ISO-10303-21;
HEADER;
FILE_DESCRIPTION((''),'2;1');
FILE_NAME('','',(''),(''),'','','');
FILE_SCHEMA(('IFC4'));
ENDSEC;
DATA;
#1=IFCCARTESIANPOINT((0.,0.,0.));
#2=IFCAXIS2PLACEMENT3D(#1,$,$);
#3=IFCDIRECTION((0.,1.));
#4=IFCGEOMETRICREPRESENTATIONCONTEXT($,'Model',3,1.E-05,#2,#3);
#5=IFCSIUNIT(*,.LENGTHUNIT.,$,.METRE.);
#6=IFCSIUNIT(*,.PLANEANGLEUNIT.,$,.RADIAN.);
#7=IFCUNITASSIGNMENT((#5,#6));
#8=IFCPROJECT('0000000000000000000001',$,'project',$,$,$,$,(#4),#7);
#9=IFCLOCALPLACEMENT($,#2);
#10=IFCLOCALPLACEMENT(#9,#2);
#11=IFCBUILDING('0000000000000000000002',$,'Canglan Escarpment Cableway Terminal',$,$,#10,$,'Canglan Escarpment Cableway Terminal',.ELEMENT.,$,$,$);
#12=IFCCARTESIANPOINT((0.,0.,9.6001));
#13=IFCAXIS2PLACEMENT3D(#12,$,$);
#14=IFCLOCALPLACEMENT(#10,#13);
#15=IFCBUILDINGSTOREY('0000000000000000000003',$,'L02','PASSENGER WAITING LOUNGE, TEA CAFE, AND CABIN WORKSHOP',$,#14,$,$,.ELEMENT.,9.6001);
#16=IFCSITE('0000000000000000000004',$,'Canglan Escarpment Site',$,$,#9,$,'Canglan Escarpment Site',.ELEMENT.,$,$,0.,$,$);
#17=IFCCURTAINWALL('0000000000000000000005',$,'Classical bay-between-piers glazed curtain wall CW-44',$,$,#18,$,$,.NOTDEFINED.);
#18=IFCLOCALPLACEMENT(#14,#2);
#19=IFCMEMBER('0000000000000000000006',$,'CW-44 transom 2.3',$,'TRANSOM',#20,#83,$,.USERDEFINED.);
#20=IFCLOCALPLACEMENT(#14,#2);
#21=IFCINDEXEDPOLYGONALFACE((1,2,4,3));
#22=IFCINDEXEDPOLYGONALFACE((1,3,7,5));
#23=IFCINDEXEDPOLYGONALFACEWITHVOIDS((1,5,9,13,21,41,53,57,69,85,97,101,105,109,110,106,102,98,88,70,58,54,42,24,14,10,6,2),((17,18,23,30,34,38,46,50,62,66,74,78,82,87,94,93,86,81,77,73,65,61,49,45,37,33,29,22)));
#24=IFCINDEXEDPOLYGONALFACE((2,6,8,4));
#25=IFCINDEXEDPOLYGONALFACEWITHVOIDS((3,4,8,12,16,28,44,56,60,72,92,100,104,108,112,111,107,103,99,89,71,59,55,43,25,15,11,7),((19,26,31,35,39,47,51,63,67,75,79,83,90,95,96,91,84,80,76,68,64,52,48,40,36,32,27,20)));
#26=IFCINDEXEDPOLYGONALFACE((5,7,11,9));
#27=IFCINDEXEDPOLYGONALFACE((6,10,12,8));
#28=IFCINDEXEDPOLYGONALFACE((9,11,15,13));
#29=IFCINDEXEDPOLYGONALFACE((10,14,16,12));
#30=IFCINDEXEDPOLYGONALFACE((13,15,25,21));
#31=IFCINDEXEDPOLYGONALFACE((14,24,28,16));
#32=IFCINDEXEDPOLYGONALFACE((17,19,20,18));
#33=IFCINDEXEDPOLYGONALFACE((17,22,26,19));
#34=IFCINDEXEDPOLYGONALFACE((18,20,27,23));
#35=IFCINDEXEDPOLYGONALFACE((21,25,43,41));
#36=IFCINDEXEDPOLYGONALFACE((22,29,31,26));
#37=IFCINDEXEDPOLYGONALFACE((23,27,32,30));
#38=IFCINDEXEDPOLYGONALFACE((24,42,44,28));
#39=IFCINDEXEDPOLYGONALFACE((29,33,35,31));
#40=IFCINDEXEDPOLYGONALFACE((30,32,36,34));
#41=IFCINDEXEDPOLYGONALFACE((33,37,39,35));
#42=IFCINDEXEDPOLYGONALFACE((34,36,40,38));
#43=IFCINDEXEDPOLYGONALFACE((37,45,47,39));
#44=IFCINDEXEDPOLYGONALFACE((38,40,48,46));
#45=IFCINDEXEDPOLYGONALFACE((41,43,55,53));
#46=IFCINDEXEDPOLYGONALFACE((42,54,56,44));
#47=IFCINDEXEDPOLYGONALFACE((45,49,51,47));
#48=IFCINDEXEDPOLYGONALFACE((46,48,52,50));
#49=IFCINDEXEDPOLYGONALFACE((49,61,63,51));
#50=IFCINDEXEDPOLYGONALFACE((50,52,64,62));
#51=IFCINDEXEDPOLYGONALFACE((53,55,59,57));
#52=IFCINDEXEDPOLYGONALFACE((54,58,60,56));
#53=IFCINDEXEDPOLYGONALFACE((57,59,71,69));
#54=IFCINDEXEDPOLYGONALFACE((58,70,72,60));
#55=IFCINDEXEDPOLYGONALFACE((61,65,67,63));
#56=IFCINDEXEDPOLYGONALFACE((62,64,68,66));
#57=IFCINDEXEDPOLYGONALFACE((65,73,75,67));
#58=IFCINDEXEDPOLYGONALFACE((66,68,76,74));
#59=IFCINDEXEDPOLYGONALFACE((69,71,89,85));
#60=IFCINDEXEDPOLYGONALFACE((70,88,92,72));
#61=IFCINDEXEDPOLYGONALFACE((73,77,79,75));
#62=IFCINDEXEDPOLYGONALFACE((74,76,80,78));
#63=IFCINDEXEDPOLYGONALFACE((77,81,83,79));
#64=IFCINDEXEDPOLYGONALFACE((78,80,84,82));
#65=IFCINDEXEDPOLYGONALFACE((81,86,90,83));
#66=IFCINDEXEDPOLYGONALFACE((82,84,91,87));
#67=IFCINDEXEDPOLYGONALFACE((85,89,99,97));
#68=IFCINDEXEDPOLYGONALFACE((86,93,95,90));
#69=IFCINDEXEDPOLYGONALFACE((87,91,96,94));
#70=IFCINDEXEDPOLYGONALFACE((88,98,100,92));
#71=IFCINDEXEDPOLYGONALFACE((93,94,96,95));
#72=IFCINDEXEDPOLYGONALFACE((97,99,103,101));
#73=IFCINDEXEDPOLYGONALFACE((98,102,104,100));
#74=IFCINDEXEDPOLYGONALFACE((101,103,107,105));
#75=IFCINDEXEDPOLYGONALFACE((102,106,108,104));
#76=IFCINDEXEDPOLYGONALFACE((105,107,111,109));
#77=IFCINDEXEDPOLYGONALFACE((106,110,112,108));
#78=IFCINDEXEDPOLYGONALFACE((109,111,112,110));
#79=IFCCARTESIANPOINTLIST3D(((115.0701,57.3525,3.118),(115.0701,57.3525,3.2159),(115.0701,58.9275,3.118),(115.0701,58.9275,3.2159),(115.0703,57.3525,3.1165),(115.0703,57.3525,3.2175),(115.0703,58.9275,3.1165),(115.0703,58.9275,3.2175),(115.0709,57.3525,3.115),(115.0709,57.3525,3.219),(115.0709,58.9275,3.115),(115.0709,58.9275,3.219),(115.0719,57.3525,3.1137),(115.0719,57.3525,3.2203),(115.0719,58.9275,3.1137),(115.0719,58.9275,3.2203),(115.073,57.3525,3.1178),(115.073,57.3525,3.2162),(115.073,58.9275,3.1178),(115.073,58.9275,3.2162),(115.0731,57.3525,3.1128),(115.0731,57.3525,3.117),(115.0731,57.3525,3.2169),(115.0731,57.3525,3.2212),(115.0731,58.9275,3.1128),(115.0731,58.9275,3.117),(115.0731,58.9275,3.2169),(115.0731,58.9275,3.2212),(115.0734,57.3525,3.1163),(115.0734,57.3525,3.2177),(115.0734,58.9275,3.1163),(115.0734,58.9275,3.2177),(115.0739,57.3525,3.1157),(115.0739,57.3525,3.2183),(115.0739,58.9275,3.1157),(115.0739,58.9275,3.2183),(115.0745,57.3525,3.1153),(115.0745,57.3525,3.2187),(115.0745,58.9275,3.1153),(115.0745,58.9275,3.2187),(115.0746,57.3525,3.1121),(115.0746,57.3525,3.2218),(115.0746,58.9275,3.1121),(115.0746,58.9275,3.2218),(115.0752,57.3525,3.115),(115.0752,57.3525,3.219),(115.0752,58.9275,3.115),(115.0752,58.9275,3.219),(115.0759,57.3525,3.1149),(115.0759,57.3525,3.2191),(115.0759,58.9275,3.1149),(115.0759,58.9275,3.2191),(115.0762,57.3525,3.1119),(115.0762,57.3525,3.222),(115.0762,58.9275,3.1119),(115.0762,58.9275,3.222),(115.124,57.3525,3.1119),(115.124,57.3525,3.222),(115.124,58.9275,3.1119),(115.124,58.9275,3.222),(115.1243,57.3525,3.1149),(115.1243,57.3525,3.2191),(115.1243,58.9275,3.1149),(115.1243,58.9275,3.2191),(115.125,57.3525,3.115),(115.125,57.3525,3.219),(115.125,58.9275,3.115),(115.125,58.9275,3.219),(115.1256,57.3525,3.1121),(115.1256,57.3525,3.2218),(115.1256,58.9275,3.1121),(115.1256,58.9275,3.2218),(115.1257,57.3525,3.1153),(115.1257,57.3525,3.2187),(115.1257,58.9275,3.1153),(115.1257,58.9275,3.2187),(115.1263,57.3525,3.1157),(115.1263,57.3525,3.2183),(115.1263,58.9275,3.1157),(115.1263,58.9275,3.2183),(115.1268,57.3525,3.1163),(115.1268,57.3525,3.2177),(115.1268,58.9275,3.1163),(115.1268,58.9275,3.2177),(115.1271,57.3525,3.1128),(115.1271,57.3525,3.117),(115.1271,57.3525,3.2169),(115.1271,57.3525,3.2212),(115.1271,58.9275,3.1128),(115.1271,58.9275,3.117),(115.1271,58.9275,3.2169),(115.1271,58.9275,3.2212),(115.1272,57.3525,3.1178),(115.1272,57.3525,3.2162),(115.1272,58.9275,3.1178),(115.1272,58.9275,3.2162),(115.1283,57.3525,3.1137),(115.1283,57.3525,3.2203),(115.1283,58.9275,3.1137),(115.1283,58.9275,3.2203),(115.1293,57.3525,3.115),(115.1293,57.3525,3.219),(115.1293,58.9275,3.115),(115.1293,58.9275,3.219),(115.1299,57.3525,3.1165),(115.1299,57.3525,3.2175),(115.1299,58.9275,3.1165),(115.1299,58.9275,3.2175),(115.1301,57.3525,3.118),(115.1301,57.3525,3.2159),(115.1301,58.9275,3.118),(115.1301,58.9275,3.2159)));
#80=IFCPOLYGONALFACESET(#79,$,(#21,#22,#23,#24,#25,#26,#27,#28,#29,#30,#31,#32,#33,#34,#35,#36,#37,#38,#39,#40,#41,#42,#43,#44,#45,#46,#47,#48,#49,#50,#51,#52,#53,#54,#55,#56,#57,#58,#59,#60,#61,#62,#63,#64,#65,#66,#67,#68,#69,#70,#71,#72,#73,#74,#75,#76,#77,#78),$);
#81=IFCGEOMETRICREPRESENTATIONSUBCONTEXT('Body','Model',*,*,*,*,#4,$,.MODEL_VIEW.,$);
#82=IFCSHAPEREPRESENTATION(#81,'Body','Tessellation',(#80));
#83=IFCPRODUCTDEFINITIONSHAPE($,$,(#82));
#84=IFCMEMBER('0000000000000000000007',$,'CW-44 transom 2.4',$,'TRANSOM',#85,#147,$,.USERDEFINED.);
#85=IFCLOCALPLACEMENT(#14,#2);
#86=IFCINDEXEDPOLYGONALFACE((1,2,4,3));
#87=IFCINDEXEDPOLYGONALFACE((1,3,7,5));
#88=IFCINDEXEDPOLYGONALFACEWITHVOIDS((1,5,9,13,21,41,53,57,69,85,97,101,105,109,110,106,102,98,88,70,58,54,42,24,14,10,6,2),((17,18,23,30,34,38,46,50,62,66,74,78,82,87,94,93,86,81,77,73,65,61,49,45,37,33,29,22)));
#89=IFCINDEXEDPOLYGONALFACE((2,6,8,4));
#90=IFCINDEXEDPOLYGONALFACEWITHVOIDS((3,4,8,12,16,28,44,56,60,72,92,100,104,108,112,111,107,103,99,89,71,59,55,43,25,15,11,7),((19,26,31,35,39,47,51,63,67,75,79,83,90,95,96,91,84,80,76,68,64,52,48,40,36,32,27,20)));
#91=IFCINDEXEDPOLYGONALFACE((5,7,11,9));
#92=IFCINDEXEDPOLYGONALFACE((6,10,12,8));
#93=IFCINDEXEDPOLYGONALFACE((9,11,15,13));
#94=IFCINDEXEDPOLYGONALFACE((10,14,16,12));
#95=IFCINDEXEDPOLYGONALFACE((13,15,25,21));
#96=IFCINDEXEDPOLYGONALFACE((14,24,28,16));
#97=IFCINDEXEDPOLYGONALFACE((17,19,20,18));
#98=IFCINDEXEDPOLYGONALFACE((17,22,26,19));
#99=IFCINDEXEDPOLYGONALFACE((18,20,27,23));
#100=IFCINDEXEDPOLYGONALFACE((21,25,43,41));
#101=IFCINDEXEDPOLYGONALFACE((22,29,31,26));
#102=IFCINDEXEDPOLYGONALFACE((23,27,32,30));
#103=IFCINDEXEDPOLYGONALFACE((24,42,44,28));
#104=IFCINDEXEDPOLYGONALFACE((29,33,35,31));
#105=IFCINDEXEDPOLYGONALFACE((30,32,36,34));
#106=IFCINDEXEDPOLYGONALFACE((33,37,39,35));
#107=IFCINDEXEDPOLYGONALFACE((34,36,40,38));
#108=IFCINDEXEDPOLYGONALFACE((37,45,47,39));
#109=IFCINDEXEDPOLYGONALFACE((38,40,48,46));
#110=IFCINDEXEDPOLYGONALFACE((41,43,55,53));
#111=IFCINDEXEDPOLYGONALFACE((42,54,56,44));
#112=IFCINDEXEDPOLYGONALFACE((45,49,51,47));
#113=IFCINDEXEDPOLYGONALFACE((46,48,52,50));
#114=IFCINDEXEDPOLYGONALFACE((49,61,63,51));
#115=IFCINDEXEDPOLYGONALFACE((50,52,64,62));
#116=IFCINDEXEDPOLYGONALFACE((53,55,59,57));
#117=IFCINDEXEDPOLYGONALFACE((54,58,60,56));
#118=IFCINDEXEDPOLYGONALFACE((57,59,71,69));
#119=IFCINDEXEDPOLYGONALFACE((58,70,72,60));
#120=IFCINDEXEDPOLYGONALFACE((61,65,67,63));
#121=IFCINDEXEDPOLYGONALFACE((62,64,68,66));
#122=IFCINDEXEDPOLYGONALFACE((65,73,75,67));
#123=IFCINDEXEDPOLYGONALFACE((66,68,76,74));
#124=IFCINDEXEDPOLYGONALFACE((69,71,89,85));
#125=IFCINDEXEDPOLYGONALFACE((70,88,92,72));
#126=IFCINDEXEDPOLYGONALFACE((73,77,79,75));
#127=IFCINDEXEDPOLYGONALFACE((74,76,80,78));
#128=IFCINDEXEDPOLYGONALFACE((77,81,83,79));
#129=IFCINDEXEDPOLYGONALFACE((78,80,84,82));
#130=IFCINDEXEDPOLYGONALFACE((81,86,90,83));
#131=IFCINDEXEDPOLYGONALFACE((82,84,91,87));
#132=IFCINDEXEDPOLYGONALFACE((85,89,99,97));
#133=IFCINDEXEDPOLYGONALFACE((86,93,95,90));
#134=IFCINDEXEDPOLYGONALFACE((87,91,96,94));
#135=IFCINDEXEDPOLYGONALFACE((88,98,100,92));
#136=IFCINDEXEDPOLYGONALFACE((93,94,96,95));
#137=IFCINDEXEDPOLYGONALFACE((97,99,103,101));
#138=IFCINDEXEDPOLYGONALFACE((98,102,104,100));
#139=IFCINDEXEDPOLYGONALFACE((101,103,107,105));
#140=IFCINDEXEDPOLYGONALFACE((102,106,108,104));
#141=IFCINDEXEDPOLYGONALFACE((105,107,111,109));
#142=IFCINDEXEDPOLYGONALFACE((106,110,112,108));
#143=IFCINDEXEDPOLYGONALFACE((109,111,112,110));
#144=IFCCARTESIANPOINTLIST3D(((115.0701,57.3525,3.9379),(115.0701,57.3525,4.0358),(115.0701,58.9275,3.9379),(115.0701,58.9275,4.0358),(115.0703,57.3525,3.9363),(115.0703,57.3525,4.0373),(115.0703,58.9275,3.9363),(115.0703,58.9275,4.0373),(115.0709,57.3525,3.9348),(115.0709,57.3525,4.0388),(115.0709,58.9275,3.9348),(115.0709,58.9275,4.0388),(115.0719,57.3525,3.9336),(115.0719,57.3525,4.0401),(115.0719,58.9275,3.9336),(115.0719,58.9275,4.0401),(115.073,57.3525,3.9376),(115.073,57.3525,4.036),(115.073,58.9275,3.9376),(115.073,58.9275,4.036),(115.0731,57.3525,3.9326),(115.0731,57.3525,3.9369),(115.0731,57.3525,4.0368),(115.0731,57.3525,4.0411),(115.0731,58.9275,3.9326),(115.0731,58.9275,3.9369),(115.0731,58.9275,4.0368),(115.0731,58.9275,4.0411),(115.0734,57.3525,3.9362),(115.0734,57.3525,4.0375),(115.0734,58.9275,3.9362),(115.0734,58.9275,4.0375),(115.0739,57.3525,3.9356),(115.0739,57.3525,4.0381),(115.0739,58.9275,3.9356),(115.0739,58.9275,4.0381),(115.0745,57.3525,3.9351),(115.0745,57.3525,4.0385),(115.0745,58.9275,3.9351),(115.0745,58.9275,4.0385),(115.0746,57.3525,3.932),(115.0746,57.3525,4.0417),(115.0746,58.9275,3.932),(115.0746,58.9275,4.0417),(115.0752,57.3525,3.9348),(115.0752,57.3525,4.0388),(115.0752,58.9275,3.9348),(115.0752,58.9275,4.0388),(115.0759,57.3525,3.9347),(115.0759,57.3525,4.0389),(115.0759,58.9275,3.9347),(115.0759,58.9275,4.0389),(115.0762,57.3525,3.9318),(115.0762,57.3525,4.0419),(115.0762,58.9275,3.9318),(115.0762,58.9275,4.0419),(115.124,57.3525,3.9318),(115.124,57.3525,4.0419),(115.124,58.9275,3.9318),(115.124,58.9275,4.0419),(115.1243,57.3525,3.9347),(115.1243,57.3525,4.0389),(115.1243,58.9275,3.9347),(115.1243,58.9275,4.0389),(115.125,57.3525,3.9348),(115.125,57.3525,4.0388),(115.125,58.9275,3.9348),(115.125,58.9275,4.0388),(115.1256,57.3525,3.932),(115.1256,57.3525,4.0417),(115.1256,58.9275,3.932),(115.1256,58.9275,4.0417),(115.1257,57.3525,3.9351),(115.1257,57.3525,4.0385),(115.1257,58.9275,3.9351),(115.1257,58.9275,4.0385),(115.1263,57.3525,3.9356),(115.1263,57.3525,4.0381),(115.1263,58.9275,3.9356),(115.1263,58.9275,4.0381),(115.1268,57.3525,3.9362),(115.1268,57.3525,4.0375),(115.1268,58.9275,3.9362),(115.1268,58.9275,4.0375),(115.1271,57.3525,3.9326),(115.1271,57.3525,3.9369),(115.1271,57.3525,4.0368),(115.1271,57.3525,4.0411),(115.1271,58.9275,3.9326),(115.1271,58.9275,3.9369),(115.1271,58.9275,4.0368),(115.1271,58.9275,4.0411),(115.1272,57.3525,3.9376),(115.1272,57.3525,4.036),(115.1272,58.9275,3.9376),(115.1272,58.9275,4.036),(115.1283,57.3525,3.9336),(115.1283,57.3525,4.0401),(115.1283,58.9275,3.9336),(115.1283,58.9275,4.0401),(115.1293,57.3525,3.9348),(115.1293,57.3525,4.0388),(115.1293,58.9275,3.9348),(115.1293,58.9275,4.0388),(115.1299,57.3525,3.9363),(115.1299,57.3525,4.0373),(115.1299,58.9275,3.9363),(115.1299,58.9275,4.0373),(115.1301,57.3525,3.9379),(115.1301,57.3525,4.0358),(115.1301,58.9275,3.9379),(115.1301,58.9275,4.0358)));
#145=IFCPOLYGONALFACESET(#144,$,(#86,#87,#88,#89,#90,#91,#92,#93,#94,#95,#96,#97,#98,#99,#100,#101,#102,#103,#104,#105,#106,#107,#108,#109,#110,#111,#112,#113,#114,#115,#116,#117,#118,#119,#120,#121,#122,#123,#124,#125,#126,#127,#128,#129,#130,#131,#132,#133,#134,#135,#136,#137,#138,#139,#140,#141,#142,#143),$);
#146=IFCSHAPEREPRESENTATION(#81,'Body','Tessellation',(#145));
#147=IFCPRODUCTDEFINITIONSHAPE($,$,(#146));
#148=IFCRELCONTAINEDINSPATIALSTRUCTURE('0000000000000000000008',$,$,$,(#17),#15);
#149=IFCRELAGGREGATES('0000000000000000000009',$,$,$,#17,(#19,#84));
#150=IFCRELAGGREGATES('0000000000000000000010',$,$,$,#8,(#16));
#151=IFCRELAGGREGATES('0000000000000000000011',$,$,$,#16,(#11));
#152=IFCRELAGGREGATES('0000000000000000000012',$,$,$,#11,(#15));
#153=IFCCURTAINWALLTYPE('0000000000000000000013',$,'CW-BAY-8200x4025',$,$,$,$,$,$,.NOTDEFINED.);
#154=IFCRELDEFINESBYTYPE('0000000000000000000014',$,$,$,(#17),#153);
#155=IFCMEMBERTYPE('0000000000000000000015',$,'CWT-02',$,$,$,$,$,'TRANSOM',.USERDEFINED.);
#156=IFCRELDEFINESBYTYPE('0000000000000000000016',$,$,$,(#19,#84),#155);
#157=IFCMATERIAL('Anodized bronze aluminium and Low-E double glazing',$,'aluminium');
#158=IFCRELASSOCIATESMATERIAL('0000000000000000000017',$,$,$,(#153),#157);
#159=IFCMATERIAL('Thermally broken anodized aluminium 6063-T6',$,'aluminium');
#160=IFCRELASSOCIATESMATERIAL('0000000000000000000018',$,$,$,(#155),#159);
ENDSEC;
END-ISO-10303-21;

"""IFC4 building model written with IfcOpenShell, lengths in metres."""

from ifc_helpers import new_model, si_unit, direction, frame, origin, origin_2d, place, context, subcontext, project, spatial, hollow_rectangle, extrude, material, material_profile, profile_set, type_object, element, aggregate, save


model = new_model("IFC4")

# Units and contexts
model_context = context("Model", 3, precision=1e-05, world=origin(), true_north=direction((0.0, 1.0)))
body_context = subcontext(model_context, "Body", "Model", "MODEL_VIEW")
ifc_project = project(units=[si_unit("LENGTHUNIT", "METRE"), si_unit("PLANEANGLEUNIT", "RADIAN")], contexts=[model_context])

# Site, building, storey
site_placement = place(None, origin())
site = spatial("IfcSite", under=ifc_project, at=site_placement, Name="Canglan Escarpment Site", LongName="Canglan Escarpment Site", CompositionType="ELEMENT", RefElevation=0.0)
building_placement = place(site_placement, origin())
building = spatial("IfcBuilding", under=site, at=building_placement, Name="Canglan Escarpment Cableway Terminal", LongName="Canglan Escarpment Cableway Terminal", CompositionType="ELEMENT")
storey_placement = place(building_placement, frame((0.0, 0.0, 9.6001)))
storey = spatial("IfcBuildingStorey", under=building, at=storey_placement, Name="L02", Description="PASSENGER WAITING LOUNGE, TEA CAFE, AND CABIN WORKSHOP", CompositionType="ELEMENT", Elevation=9.6001)

# Curtain wall, members
ifc_material_1 = material(Name="Anodized bronze aluminium and Low-E double glazing", Category="aluminium")
curtain_wall_type = type_object("IfcCurtainWallType", Name="CW-BAY-8200x4025", PredefinedType="NOTDEFINED", material=ifc_material_1)
curtain_wall_placement = place(storey_placement, origin())
curtain_wall = element("IfcCurtainWall", 1, at=curtain_wall_placement, inside=storey, type_object=curtain_wall_type, Name="Classical bay-between-piers glazed curtain wall CW-44", PredefinedType="NOTDEFINED")
ifc_material_2 = material(Name="Thermally broken anodized aluminium 6063-T6", Category="aluminium")
ifc_material_profile_1 = material_profile(ifc_material_2, hollow_rectangle(XDim=0.0601, YDim=0.1101, WallThickness=0.0029, InnerFilletRadius=0.0029, OuterFilletRadius=0.0061, at=origin_2d()), Name="ALU-TRAN 60x110x3")
ifc_profile_set_1 = profile_set([ifc_material_profile_1], Name="Thermally broken anodized aluminium 6063-T6")
member_type_1 = type_object("IfcMemberType", Name="CWT-02", ElementType="TRANSOM", PredefinedType="USERDEFINED", material=ifc_profile_set_1)
member_1_placement = place(storey_placement, frame((115.1001, 58.9275, 3.167), z_axis=(0.0, -1.0, 0.0), x_axis=(1.0, 0.0, 0.0)))
member_1 = element("IfcMember", 2, at=member_1_placement, type_object=member_type_1, Name="CW-44 transom 2.3", ObjectType="TRANSOM", PredefinedType="USERDEFINED", context=body_context, shape_type="SweptSolid", body=[
    extrude(hollow_rectangle(XDim=0.0601, YDim=0.1101, WallThickness=0.0029, InnerFilletRadius=0.0029, OuterFilletRadius=0.0061, at=origin_2d()), origin(), (0.0, 0.0, 1.0), 1.575),
])
member_2_placement = place(storey_placement, frame((115.1001, 58.9275, 3.9868), z_axis=(0.0, -1.0, 0.0), x_axis=(1.0, 0.0, 0.0)))
member_2 = element("IfcMember", 3, at=member_2_placement, type_object=member_type_1, Name="CW-44 transom 2.4", ObjectType="TRANSOM", PredefinedType="USERDEFINED", context=body_context, shape_type="SweptSolid", body=[
    extrude(hollow_rectangle(XDim=0.0601, YDim=0.1101, WallThickness=0.0029, InnerFilletRadius=0.0029, OuterFilletRadius=0.0061, at=origin_2d()), origin(), (0.0, 0.0, 1.0), 1.575),
])

aggregate(curtain_wall, [member_1, member_2])

save(model, "model.ifc")
